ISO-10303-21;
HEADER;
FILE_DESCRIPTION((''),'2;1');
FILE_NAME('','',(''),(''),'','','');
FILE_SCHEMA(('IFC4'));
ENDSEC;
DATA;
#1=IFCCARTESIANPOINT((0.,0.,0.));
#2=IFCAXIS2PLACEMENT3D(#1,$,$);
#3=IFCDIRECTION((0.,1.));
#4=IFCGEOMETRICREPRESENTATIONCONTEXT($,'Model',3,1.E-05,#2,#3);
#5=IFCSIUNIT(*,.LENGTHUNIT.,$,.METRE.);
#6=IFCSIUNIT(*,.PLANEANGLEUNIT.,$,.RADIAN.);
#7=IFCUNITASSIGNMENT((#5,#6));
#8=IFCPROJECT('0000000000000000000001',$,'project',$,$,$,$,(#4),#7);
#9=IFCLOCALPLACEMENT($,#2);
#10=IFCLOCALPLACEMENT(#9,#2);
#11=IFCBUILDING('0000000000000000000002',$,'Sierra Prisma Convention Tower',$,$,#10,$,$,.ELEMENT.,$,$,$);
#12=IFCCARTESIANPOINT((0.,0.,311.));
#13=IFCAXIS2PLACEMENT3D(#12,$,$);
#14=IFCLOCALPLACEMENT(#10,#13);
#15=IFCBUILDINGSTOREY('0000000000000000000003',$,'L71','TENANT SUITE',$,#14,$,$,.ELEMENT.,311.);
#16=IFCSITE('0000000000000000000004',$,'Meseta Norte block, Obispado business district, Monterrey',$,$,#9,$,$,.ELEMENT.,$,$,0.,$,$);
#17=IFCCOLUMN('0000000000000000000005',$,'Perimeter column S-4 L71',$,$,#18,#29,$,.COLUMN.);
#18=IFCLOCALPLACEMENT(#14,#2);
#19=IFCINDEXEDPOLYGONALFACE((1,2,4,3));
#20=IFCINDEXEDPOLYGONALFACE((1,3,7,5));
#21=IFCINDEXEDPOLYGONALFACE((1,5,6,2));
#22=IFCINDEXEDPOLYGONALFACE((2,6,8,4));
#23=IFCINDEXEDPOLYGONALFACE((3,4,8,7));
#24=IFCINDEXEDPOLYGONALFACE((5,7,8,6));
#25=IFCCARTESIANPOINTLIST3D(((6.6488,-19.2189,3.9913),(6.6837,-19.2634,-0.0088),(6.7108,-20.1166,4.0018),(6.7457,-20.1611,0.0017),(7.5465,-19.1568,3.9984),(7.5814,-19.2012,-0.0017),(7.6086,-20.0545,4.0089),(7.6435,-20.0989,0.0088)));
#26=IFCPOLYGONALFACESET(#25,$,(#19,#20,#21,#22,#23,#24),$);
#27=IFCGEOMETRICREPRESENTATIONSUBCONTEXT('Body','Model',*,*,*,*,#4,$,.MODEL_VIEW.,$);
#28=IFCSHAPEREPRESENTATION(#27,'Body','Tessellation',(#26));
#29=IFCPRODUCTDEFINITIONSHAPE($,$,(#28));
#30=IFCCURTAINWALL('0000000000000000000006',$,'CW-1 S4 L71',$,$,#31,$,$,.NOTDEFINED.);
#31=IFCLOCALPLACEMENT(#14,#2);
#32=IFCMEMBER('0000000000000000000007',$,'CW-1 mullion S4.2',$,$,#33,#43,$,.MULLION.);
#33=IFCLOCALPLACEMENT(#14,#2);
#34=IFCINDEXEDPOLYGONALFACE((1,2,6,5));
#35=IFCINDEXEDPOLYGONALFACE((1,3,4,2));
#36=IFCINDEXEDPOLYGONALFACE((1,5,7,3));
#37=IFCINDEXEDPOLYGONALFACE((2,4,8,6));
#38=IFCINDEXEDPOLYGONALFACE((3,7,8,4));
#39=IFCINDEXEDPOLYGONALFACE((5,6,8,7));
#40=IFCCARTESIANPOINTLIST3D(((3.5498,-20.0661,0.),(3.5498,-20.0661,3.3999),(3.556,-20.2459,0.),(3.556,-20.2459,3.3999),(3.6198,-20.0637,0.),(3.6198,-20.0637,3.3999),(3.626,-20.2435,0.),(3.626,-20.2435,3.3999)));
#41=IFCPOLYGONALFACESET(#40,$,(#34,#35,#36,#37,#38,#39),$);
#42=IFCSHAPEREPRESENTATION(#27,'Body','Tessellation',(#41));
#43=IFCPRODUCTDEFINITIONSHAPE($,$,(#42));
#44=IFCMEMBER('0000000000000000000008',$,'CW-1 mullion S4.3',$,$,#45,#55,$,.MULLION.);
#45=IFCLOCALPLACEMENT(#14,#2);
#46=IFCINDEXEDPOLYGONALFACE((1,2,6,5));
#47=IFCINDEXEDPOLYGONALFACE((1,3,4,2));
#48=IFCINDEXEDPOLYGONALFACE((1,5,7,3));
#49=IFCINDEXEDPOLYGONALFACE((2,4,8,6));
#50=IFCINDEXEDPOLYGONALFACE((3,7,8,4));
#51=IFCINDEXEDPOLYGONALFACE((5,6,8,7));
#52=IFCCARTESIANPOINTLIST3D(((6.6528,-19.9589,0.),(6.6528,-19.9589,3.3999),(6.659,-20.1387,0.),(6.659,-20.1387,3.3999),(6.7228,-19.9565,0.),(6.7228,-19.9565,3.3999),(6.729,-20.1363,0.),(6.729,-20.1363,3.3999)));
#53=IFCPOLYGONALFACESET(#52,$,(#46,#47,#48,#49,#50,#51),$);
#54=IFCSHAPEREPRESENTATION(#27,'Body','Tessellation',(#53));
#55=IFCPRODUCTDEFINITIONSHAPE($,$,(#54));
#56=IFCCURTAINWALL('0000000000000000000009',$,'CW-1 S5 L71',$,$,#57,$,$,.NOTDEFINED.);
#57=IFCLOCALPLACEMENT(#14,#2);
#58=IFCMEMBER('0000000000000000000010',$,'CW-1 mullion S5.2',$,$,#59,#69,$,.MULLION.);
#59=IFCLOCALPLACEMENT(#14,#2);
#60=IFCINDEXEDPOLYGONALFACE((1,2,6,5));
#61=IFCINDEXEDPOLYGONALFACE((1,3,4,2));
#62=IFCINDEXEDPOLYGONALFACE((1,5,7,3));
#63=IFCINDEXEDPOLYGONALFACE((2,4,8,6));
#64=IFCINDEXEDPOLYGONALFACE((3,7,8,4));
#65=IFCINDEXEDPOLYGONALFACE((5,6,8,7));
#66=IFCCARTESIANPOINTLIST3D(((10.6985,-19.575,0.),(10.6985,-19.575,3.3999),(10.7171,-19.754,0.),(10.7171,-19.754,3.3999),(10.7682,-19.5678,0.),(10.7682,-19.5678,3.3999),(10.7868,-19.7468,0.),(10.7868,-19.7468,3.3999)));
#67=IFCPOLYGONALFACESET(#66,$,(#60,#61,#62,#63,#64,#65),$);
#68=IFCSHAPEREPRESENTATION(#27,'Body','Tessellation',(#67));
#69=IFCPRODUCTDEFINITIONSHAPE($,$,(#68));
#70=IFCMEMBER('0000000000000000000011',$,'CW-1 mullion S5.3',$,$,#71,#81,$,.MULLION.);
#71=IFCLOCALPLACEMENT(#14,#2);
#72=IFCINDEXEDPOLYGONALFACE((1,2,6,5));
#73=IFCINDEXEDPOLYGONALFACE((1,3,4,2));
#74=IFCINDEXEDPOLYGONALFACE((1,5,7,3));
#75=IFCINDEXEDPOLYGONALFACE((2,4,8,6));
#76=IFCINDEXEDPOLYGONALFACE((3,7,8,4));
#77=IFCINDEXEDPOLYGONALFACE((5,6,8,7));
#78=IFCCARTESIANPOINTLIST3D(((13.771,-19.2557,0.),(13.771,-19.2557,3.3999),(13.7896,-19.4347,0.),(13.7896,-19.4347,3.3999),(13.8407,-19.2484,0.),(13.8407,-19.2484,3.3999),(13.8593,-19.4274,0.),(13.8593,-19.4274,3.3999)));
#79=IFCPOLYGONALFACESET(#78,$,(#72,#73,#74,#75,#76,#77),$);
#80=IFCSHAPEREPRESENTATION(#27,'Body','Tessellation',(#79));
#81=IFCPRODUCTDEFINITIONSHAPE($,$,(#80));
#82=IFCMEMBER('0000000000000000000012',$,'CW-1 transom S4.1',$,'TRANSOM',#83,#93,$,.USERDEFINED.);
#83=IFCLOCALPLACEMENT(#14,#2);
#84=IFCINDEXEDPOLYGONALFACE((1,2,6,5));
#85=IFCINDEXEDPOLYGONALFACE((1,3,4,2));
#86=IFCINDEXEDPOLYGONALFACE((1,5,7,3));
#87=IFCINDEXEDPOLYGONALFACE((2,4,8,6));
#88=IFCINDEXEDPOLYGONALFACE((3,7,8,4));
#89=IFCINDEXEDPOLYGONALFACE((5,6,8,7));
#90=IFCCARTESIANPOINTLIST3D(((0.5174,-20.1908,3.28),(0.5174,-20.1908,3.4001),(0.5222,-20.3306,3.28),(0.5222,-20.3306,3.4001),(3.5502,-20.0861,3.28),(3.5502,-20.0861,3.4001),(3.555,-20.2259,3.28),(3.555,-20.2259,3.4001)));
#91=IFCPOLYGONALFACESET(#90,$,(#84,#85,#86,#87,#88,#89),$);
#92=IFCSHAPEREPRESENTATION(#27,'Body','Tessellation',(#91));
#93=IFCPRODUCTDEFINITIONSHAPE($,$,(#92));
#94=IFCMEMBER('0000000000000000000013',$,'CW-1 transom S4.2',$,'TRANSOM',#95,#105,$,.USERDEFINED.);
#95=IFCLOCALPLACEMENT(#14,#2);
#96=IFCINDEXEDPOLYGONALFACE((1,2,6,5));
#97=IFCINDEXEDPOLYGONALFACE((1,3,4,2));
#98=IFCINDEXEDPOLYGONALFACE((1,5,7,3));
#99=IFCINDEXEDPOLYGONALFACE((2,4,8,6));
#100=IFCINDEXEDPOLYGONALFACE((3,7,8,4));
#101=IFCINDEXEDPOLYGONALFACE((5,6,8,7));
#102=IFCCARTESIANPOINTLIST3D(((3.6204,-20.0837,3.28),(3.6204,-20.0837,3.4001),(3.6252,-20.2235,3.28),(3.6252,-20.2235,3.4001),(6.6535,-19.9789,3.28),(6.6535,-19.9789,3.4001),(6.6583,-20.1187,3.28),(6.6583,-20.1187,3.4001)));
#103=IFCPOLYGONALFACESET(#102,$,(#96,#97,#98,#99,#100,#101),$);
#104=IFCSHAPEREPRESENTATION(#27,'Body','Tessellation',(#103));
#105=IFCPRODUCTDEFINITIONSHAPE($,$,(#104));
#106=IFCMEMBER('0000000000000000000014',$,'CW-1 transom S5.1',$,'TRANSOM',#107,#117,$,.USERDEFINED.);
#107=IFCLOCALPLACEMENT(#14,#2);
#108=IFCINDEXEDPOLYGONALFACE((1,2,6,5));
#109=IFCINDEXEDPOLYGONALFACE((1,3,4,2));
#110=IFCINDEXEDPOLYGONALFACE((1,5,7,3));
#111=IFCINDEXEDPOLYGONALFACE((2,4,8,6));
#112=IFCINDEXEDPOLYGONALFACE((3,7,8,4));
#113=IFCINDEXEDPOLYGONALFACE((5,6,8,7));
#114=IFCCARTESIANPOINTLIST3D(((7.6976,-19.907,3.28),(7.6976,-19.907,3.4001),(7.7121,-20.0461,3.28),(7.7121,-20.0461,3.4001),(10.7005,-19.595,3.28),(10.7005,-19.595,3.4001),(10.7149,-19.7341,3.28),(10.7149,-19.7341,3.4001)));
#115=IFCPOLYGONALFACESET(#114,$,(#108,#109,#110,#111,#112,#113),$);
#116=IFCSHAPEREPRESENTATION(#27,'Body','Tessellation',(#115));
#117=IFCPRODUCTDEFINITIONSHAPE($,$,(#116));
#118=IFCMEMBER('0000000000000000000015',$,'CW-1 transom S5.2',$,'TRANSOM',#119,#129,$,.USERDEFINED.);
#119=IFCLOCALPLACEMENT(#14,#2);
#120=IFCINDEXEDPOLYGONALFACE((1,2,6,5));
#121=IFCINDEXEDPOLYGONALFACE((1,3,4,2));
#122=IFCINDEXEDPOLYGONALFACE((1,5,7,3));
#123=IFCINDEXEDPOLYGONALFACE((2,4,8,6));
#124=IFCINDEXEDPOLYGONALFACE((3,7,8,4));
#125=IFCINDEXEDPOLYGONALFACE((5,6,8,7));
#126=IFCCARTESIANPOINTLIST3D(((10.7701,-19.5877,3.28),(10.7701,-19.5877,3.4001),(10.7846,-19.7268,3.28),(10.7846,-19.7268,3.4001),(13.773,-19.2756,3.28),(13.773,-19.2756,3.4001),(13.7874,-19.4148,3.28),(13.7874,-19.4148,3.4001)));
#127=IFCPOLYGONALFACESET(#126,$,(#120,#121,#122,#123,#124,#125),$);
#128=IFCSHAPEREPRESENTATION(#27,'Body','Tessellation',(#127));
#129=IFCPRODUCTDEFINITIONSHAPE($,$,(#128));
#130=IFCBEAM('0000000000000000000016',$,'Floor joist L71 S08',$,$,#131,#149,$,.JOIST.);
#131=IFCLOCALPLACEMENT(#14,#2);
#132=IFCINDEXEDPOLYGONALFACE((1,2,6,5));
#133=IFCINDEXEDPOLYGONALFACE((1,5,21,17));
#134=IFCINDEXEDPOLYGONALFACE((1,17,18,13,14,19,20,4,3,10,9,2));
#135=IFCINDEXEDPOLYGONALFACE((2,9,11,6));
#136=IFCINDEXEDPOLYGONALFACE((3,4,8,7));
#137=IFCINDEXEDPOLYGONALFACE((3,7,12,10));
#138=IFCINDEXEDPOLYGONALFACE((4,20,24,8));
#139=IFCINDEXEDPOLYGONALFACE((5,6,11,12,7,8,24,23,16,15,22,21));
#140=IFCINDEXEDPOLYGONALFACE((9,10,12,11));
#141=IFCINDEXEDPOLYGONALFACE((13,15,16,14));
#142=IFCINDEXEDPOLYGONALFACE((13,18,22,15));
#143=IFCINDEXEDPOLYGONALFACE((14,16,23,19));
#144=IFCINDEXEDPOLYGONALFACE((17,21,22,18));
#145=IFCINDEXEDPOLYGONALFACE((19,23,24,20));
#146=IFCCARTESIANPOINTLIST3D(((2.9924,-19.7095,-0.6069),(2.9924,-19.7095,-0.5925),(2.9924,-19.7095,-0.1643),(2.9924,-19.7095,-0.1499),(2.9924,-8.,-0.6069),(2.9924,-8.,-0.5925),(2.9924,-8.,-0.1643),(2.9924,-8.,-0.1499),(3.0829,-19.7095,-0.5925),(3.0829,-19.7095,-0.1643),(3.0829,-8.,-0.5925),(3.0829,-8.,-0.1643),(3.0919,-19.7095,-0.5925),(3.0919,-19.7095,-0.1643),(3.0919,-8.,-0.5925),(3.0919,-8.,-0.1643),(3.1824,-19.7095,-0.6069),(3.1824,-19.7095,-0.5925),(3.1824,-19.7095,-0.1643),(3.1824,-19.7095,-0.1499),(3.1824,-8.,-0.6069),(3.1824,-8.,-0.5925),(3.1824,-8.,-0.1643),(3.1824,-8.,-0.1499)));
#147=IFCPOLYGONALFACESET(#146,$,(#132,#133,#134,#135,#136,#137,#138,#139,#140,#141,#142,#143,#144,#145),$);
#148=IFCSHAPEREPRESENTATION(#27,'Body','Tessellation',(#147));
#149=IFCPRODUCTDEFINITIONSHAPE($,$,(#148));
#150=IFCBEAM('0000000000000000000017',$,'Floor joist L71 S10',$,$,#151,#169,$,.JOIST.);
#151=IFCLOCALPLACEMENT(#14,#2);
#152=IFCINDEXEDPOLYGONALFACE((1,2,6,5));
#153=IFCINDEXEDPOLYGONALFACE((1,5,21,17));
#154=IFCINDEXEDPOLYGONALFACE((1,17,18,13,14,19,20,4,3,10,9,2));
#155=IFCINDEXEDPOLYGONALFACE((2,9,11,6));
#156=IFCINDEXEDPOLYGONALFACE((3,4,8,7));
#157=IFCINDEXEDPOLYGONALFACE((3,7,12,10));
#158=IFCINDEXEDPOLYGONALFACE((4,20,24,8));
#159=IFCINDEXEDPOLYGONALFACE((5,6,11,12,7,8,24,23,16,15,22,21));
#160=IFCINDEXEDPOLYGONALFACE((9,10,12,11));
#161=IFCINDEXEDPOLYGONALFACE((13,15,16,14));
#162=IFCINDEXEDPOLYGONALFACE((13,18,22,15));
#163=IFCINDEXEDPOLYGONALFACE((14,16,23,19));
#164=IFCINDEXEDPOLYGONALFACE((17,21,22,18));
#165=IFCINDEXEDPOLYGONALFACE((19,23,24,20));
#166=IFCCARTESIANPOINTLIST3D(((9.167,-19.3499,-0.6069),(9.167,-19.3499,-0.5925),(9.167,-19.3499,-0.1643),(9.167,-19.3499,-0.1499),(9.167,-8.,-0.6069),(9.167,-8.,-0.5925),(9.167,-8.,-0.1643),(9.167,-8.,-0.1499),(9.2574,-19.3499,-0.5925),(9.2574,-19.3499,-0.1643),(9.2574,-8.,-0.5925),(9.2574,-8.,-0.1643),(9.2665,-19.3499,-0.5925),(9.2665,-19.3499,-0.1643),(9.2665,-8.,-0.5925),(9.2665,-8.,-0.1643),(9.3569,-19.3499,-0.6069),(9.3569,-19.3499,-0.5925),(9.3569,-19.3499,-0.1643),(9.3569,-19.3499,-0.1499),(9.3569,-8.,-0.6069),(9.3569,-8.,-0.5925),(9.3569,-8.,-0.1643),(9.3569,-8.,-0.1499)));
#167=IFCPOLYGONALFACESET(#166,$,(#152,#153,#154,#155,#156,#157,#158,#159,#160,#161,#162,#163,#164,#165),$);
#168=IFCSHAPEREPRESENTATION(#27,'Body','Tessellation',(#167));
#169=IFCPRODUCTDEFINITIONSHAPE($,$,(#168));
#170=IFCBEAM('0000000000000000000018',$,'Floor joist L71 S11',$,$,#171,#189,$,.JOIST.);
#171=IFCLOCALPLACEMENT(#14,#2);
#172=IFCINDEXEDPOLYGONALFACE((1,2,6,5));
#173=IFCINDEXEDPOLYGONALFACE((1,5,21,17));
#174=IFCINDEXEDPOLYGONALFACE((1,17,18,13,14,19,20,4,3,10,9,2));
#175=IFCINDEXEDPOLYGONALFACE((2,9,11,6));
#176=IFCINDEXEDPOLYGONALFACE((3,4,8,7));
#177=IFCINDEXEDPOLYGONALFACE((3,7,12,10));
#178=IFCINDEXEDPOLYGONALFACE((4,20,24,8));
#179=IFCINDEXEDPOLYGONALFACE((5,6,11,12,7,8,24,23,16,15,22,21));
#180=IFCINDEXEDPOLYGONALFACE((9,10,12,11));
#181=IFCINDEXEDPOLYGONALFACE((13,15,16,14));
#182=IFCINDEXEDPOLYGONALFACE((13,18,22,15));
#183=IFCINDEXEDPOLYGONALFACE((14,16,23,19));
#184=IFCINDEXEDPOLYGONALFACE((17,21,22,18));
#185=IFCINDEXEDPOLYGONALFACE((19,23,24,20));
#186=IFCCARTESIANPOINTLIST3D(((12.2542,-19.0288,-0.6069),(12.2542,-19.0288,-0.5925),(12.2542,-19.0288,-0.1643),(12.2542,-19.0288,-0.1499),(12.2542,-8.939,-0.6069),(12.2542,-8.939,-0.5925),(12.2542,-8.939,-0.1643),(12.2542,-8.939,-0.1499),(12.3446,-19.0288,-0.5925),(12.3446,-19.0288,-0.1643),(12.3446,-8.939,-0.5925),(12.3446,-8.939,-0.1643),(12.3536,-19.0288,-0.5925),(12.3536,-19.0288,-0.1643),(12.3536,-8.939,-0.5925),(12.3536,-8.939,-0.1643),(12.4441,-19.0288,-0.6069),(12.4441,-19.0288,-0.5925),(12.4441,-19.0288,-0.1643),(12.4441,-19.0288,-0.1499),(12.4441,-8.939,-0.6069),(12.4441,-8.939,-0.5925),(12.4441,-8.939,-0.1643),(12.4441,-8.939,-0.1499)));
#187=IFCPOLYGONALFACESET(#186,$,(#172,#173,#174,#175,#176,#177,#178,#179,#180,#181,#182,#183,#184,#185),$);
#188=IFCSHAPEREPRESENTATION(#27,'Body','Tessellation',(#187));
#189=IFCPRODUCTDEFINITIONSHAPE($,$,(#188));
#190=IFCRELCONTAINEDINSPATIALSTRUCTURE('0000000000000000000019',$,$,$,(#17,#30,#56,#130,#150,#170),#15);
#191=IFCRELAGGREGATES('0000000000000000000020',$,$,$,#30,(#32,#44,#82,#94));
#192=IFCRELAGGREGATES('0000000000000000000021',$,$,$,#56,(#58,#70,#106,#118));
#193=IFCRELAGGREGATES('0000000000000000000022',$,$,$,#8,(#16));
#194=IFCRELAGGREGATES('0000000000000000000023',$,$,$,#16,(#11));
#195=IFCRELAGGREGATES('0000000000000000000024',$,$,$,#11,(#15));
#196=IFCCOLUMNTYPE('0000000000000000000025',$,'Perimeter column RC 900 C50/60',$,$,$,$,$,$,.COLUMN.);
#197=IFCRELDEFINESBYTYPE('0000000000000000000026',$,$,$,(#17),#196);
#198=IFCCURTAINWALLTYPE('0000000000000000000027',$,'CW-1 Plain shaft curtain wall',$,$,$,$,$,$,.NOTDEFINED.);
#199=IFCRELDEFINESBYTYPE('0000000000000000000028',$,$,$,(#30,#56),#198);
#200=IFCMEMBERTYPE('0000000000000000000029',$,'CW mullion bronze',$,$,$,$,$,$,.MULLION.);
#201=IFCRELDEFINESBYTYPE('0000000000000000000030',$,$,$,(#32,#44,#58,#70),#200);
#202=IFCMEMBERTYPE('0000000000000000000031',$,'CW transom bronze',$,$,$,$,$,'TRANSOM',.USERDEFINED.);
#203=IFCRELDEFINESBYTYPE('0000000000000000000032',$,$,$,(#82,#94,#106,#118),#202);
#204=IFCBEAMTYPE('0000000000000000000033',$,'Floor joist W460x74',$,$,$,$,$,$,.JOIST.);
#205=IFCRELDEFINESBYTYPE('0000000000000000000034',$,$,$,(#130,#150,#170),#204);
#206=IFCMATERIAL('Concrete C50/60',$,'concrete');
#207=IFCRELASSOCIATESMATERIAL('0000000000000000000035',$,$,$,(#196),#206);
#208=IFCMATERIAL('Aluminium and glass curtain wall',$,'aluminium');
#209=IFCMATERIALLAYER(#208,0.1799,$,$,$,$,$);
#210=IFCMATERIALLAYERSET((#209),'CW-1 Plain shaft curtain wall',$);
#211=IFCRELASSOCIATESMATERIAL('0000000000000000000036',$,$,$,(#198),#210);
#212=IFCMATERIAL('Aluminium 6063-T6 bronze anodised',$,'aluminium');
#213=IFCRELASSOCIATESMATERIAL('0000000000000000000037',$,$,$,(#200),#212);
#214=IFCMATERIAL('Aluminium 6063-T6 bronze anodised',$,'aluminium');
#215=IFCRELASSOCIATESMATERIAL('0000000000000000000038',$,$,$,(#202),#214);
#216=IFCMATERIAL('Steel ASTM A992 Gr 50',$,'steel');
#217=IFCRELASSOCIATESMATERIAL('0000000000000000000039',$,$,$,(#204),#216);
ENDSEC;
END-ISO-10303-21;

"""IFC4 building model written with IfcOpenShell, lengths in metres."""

from ifc_helpers import new_model, si_unit, direction, frame, origin, origin_2d, place, context, subcontext, project, spatial, rectangle, i_section, extrude, material, layer, layer_set, material_profile, profile_set, type_object, element, aggregate, save


model = new_model("IFC4")

# Units and contexts
model_context = context("Model", 3, precision=1e-05, world=origin(), true_north=direction((0.0, 1.0)))
body_context = subcontext(model_context, "Body", "Model", "MODEL_VIEW")
ifc_project = project(units=[si_unit("LENGTHUNIT", "METRE"), si_unit("PLANEANGLEUNIT", "RADIAN")], contexts=[model_context])

# Site, building, storey
site_placement = place(None, origin())
site = spatial("IfcSite", under=ifc_project, at=site_placement, Name="Meseta Norte block, Obispado business district, Monterrey", CompositionType="ELEMENT", RefElevation=0.0)
building_placement = place(site_placement, origin())
building = spatial("IfcBuilding", under=site, at=building_placement, Name="Sierra Prisma Convention Tower", CompositionType="ELEMENT")
storey_placement = place(building_placement, frame((0.0, 0.0, 311.0)))
storey = spatial("IfcBuildingStorey", under=building, at=storey_placement, Name="L71", Description="TENANT SUITE", CompositionType="ELEMENT", Elevation=311.0)

# Column
ifc_material_1 = material(Name="Concrete C50/60", Category="concrete")
ifc_material_profile_1 = material_profile(ifc_material_1, rectangle(XDim=0.8999, YDim=0.8999, at=origin_2d()), Name="Perimeter column RC 900 C50/60")
ifc_profile_set_1 = profile_set([ifc_material_profile_1], Name="Concrete C50/60")
column_type = type_object("IfcColumnType", Name="Perimeter column RC 900 C50/60", PredefinedType="COLUMN", material=ifc_profile_set_1)
column_placement = place(storey_placement, frame((7.1636, -19.6812, 0.0), z_axis=(-0.008727, 0.011107, 0.9999), x_axis=(0.99758, 0.069072, 0.00794)))
element("IfcColumn", 1, at=column_placement, inside=storey, type_object=column_type, Name="Perimeter column S-4 L71", PredefinedType="COLUMN", context=body_context, shape_type="SweptSolid", body=[
    extrude(rectangle(XDim=0.8999, YDim=0.8999, at=origin_2d()), origin(), (0.0, 0.0, 1.0), 4.0005),
])

# Curtain walls, members
ifc_material_2 = material(Name="Aluminium and glass curtain wall", Category="aluminium")
ifc_layer_1 = layer(ifc_material_2, 0.1799)
ifc_layer_set_1 = layer_set([ifc_layer_1], Name="CW-1 Plain shaft curtain wall")
curtain_wall_type = type_object("IfcCurtainWallType", Name="CW-1 Plain shaft curtain wall", PredefinedType="NOTDEFINED", material=ifc_layer_set_1)
curtain_wall_1_placement = place(storey_placement, origin())
curtain_wall_1 = element("IfcCurtainWall", 2, at=curtain_wall_1_placement, inside=storey, type_object=curtain_wall_type, Name="CW-1 S4 L71", PredefinedType="NOTDEFINED")
ifc_material_3 = material(Name="Aluminium 6063-T6 bronze anodised", Category="aluminium")
ifc_material_profile_2 = material_profile(ifc_material_3, rectangle(XDim=0.1799, YDim=0.0701, at=origin_2d()), Name="ALU MULLION 70x180")
ifc_profile_set_2 = profile_set([ifc_material_profile_2], Name="Aluminium 6063-T6 bronze anodised")
member_type_1 = type_object("IfcMemberType", Name="CW mullion bronze", PredefinedType="MULLION", material=ifc_profile_set_2)
member_1_placement = place(storey_placement, frame((3.5879, -20.1548, 0.0), z_axis=(0.0, 0.0, 1.0), x_axis=(-0.034511, 0.999404, 0.0)))
member_1 = element("IfcMember", 3, at=member_1_placement, type_object=member_type_1, Name="CW-1 mullion S4.2", PredefinedType="MULLION", context=body_context, shape_type="SweptSolid", body=[
    extrude(rectangle(XDim=0.1799, YDim=0.0701, at=origin_2d()), origin(), (0.0, 0.0, 1.0), 3.3999),
])
member_2_placement = place(storey_placement, frame((6.6909, -20.0476, 0.0), z_axis=(0.0, 0.0, 1.0), x_axis=(-0.034511, 0.999404, 0.0)))
member_2 = element("IfcMember", 4, at=member_2_placement, type_object=member_type_1, Name="CW-1 mullion S4.3", PredefinedType="MULLION", context=body_context, shape_type="SweptSolid", body=[
    extrude(rectangle(XDim=0.1799, YDim=0.0701, at=origin_2d()), origin(), (0.0, 0.0, 1.0), 3.3999),
])
curtain_wall_2_placement = place(storey_placement, origin())
curtain_wall_2 = element("IfcCurtainWall", 5, at=curtain_wall_2_placement, inside=storey, type_object=curtain_wall_type, Name="CW-1 S5 L71", PredefinedType="NOTDEFINED")
member_3_placement = place(storey_placement, frame((10.7427, -19.6609, 0.0), z_axis=(0.0, 0.0, 1.0), x_axis=(-0.103368, 0.994643, 0.0)))
member_3 = element("IfcMember", 6, at=member_3_placement, type_object=member_type_1, Name="CW-1 mullion S5.2", PredefinedType="MULLION", context=body_context, shape_type="SweptSolid", body=[
    extrude(rectangle(XDim=0.1799, YDim=0.0701, at=origin_2d()), origin(), (0.0, 0.0, 1.0), 3.3999),
])
member_4_placement = place(storey_placement, frame((13.8152, -19.3416, 0.0), z_axis=(0.0, 0.0, 1.0), x_axis=(-0.103368, 0.994643, 0.0)))
member_4 = element("IfcMember", 7, at=member_4_placement, type_object=member_type_1, Name="CW-1 mullion S5.3", PredefinedType="MULLION", context=body_context, shape_type="SweptSolid", body=[
    extrude(rectangle(XDim=0.1799, YDim=0.0701, at=origin_2d()), origin(), (0.0, 0.0, 1.0), 3.3999),
])

# Members
ifc_material_4 = material(Name="Aluminium 6063-T6 bronze anodised", Category="aluminium")
ifc_material_profile_3 = material_profile(ifc_material_4, rectangle(XDim=0.1399, YDim=0.1201, at=origin_2d()), Name="ALU TRANSOM 120x140")
ifc_profile_set_3 = profile_set([ifc_material_profile_3], Name="Aluminium 6063-T6 bronze anodised")
member_type_2 = type_object("IfcMemberType", Name="CW transom bronze", ElementType="TRANSOM", PredefinedType="USERDEFINED", material=ifc_profile_set_3)
member_5_placement = place(storey_placement, frame((0.5198, -20.2607, 3.3401), z_axis=(0.999404, 0.034512, 0.0), x_axis=(-0.034512, 0.999404, 0.0)))
member_5 = element("IfcMember", 8, at=member_5_placement, type_object=member_type_2, Name="CW-1 transom S4.1", ObjectType="TRANSOM", PredefinedType="USERDEFINED", context=body_context, shape_type="SweptSolid", body=[
    extrude(rectangle(XDim=0.1399, YDim=0.1201, at=origin_2d()), origin(), (0.0, 0.0, 1.0), 3.0347),
])
member_6_placement = place(storey_placement, frame((3.6228, -20.1536, 3.3401), z_axis=(0.999404, 0.034509, 0.0), x_axis=(-0.034509, 0.999404, 0.0)))
member_6 = element("IfcMember", 9, at=member_6_placement, type_object=member_type_2, Name="CW-1 transom S4.2", ObjectType="TRANSOM", PredefinedType="USERDEFINED", context=body_context, shape_type="SweptSolid", body=[
    extrude(rectangle(XDim=0.1399, YDim=0.1201, at=origin_2d()), origin(), (0.0, 0.0, 1.0), 3.0349),
])
member_7_placement = place(storey_placement, frame((7.7048, -19.9766, 3.3401), z_axis=(0.994645, 0.103346, 0.0), x_axis=(-0.103346, 0.994645, 0.0)))
member_7 = element("IfcMember", 10, at=member_7_placement, type_object=member_type_2, Name="CW-1 transom S5.1", ObjectType="TRANSOM", PredefinedType="USERDEFINED", context=body_context, shape_type="SweptSolid", body=[
    extrude(rectangle(XDim=0.1399, YDim=0.1201, at=origin_2d()), origin(), (0.0, 0.0, 1.0), 3.019),
])
member_8_placement = place(storey_placement, frame((10.7773, -19.6572, 3.3401), z_axis=(0.994645, 0.103346, 0.0), x_axis=(-0.103346, 0.994645, 0.0)))
member_8 = element("IfcMember", 11, at=member_8_placement, type_object=member_type_2, Name="CW-1 transom S5.2", ObjectType="TRANSOM", PredefinedType="USERDEFINED", context=body_context, shape_type="SweptSolid", body=[
    extrude(rectangle(XDim=0.1399, YDim=0.1201, at=origin_2d()), origin(), (0.0, 0.0, 1.0), 3.019),
])

# Beams
ifc_material_5 = material(Name="Steel ASTM A992 Gr 50", Category="steel")
ifc_material_profile_4 = material_profile(ifc_material_5, i_section(OverallWidth=0.1899, OverallDepth=0.457, WebThickness=0.009, FlangeThickness=0.0144, at=origin_2d()), Name="W460x74")
ifc_profile_set_4 = profile_set([ifc_material_profile_4], Name="Steel ASTM A992 Gr 50")
beam_type_1 = type_object("IfcBeamType", Name="Floor joist W460x74", PredefinedType="JOIST", material=ifc_profile_set_4)
beam_1_placement = place(storey_placement, frame((3.0874, -19.7095, -0.3784), z_axis=(0.0, 1.0, 0.0), x_axis=(-1.0, 0.0, 0.0)))
element("IfcBeam", 12, at=beam_1_placement, inside=storey, type_object=beam_type_1, Name="Floor joist L71 S08", PredefinedType="JOIST", context=body_context, shape_type="SweptSolid", body=[
    extrude(i_section(OverallWidth=0.1899, OverallDepth=0.457, WebThickness=0.009, FlangeThickness=0.0144, at=origin_2d()), origin(), (0.0, 0.0, 1.0), 11.7095),
])
beam_2_placement = place(storey_placement, frame((9.262, -19.3499, -0.3784), z_axis=(0.0, 1.0, 0.0), x_axis=(-1.0, 0.0, 0.0)))
element("IfcBeam", 13, at=beam_2_placement, inside=storey, type_object=beam_type_1, Name="Floor joist L71 S10", PredefinedType="JOIST", context=body_context, shape_type="SweptSolid", body=[
    extrude(i_section(OverallWidth=0.1899, OverallDepth=0.457, WebThickness=0.009, FlangeThickness=0.0144, at=origin_2d()), origin(), (0.0, 0.0, 1.0), 11.3499),
])
beam_3_placement = place(storey_placement, frame((12.3491, -19.0288, -0.3784), z_axis=(0.0, 1.0, 0.0), x_axis=(-1.0, 0.0, 0.0)))
element("IfcBeam", 14, at=beam_3_placement, inside=storey, type_object=beam_type_1, Name="Floor joist L71 S11", PredefinedType="JOIST", context=body_context, shape_type="SweptSolid", body=[
    extrude(i_section(OverallWidth=0.1899, OverallDepth=0.457, WebThickness=0.009, FlangeThickness=0.0144, at=origin_2d()), origin(), (0.0, 0.0, 1.0), 10.0898),
])

aggregate(curtain_wall_1, [member_1, member_2, member_5, member_6])
aggregate(curtain_wall_2, [member_3, member_4, member_7, member_8])

save(model, "model.ifc")
